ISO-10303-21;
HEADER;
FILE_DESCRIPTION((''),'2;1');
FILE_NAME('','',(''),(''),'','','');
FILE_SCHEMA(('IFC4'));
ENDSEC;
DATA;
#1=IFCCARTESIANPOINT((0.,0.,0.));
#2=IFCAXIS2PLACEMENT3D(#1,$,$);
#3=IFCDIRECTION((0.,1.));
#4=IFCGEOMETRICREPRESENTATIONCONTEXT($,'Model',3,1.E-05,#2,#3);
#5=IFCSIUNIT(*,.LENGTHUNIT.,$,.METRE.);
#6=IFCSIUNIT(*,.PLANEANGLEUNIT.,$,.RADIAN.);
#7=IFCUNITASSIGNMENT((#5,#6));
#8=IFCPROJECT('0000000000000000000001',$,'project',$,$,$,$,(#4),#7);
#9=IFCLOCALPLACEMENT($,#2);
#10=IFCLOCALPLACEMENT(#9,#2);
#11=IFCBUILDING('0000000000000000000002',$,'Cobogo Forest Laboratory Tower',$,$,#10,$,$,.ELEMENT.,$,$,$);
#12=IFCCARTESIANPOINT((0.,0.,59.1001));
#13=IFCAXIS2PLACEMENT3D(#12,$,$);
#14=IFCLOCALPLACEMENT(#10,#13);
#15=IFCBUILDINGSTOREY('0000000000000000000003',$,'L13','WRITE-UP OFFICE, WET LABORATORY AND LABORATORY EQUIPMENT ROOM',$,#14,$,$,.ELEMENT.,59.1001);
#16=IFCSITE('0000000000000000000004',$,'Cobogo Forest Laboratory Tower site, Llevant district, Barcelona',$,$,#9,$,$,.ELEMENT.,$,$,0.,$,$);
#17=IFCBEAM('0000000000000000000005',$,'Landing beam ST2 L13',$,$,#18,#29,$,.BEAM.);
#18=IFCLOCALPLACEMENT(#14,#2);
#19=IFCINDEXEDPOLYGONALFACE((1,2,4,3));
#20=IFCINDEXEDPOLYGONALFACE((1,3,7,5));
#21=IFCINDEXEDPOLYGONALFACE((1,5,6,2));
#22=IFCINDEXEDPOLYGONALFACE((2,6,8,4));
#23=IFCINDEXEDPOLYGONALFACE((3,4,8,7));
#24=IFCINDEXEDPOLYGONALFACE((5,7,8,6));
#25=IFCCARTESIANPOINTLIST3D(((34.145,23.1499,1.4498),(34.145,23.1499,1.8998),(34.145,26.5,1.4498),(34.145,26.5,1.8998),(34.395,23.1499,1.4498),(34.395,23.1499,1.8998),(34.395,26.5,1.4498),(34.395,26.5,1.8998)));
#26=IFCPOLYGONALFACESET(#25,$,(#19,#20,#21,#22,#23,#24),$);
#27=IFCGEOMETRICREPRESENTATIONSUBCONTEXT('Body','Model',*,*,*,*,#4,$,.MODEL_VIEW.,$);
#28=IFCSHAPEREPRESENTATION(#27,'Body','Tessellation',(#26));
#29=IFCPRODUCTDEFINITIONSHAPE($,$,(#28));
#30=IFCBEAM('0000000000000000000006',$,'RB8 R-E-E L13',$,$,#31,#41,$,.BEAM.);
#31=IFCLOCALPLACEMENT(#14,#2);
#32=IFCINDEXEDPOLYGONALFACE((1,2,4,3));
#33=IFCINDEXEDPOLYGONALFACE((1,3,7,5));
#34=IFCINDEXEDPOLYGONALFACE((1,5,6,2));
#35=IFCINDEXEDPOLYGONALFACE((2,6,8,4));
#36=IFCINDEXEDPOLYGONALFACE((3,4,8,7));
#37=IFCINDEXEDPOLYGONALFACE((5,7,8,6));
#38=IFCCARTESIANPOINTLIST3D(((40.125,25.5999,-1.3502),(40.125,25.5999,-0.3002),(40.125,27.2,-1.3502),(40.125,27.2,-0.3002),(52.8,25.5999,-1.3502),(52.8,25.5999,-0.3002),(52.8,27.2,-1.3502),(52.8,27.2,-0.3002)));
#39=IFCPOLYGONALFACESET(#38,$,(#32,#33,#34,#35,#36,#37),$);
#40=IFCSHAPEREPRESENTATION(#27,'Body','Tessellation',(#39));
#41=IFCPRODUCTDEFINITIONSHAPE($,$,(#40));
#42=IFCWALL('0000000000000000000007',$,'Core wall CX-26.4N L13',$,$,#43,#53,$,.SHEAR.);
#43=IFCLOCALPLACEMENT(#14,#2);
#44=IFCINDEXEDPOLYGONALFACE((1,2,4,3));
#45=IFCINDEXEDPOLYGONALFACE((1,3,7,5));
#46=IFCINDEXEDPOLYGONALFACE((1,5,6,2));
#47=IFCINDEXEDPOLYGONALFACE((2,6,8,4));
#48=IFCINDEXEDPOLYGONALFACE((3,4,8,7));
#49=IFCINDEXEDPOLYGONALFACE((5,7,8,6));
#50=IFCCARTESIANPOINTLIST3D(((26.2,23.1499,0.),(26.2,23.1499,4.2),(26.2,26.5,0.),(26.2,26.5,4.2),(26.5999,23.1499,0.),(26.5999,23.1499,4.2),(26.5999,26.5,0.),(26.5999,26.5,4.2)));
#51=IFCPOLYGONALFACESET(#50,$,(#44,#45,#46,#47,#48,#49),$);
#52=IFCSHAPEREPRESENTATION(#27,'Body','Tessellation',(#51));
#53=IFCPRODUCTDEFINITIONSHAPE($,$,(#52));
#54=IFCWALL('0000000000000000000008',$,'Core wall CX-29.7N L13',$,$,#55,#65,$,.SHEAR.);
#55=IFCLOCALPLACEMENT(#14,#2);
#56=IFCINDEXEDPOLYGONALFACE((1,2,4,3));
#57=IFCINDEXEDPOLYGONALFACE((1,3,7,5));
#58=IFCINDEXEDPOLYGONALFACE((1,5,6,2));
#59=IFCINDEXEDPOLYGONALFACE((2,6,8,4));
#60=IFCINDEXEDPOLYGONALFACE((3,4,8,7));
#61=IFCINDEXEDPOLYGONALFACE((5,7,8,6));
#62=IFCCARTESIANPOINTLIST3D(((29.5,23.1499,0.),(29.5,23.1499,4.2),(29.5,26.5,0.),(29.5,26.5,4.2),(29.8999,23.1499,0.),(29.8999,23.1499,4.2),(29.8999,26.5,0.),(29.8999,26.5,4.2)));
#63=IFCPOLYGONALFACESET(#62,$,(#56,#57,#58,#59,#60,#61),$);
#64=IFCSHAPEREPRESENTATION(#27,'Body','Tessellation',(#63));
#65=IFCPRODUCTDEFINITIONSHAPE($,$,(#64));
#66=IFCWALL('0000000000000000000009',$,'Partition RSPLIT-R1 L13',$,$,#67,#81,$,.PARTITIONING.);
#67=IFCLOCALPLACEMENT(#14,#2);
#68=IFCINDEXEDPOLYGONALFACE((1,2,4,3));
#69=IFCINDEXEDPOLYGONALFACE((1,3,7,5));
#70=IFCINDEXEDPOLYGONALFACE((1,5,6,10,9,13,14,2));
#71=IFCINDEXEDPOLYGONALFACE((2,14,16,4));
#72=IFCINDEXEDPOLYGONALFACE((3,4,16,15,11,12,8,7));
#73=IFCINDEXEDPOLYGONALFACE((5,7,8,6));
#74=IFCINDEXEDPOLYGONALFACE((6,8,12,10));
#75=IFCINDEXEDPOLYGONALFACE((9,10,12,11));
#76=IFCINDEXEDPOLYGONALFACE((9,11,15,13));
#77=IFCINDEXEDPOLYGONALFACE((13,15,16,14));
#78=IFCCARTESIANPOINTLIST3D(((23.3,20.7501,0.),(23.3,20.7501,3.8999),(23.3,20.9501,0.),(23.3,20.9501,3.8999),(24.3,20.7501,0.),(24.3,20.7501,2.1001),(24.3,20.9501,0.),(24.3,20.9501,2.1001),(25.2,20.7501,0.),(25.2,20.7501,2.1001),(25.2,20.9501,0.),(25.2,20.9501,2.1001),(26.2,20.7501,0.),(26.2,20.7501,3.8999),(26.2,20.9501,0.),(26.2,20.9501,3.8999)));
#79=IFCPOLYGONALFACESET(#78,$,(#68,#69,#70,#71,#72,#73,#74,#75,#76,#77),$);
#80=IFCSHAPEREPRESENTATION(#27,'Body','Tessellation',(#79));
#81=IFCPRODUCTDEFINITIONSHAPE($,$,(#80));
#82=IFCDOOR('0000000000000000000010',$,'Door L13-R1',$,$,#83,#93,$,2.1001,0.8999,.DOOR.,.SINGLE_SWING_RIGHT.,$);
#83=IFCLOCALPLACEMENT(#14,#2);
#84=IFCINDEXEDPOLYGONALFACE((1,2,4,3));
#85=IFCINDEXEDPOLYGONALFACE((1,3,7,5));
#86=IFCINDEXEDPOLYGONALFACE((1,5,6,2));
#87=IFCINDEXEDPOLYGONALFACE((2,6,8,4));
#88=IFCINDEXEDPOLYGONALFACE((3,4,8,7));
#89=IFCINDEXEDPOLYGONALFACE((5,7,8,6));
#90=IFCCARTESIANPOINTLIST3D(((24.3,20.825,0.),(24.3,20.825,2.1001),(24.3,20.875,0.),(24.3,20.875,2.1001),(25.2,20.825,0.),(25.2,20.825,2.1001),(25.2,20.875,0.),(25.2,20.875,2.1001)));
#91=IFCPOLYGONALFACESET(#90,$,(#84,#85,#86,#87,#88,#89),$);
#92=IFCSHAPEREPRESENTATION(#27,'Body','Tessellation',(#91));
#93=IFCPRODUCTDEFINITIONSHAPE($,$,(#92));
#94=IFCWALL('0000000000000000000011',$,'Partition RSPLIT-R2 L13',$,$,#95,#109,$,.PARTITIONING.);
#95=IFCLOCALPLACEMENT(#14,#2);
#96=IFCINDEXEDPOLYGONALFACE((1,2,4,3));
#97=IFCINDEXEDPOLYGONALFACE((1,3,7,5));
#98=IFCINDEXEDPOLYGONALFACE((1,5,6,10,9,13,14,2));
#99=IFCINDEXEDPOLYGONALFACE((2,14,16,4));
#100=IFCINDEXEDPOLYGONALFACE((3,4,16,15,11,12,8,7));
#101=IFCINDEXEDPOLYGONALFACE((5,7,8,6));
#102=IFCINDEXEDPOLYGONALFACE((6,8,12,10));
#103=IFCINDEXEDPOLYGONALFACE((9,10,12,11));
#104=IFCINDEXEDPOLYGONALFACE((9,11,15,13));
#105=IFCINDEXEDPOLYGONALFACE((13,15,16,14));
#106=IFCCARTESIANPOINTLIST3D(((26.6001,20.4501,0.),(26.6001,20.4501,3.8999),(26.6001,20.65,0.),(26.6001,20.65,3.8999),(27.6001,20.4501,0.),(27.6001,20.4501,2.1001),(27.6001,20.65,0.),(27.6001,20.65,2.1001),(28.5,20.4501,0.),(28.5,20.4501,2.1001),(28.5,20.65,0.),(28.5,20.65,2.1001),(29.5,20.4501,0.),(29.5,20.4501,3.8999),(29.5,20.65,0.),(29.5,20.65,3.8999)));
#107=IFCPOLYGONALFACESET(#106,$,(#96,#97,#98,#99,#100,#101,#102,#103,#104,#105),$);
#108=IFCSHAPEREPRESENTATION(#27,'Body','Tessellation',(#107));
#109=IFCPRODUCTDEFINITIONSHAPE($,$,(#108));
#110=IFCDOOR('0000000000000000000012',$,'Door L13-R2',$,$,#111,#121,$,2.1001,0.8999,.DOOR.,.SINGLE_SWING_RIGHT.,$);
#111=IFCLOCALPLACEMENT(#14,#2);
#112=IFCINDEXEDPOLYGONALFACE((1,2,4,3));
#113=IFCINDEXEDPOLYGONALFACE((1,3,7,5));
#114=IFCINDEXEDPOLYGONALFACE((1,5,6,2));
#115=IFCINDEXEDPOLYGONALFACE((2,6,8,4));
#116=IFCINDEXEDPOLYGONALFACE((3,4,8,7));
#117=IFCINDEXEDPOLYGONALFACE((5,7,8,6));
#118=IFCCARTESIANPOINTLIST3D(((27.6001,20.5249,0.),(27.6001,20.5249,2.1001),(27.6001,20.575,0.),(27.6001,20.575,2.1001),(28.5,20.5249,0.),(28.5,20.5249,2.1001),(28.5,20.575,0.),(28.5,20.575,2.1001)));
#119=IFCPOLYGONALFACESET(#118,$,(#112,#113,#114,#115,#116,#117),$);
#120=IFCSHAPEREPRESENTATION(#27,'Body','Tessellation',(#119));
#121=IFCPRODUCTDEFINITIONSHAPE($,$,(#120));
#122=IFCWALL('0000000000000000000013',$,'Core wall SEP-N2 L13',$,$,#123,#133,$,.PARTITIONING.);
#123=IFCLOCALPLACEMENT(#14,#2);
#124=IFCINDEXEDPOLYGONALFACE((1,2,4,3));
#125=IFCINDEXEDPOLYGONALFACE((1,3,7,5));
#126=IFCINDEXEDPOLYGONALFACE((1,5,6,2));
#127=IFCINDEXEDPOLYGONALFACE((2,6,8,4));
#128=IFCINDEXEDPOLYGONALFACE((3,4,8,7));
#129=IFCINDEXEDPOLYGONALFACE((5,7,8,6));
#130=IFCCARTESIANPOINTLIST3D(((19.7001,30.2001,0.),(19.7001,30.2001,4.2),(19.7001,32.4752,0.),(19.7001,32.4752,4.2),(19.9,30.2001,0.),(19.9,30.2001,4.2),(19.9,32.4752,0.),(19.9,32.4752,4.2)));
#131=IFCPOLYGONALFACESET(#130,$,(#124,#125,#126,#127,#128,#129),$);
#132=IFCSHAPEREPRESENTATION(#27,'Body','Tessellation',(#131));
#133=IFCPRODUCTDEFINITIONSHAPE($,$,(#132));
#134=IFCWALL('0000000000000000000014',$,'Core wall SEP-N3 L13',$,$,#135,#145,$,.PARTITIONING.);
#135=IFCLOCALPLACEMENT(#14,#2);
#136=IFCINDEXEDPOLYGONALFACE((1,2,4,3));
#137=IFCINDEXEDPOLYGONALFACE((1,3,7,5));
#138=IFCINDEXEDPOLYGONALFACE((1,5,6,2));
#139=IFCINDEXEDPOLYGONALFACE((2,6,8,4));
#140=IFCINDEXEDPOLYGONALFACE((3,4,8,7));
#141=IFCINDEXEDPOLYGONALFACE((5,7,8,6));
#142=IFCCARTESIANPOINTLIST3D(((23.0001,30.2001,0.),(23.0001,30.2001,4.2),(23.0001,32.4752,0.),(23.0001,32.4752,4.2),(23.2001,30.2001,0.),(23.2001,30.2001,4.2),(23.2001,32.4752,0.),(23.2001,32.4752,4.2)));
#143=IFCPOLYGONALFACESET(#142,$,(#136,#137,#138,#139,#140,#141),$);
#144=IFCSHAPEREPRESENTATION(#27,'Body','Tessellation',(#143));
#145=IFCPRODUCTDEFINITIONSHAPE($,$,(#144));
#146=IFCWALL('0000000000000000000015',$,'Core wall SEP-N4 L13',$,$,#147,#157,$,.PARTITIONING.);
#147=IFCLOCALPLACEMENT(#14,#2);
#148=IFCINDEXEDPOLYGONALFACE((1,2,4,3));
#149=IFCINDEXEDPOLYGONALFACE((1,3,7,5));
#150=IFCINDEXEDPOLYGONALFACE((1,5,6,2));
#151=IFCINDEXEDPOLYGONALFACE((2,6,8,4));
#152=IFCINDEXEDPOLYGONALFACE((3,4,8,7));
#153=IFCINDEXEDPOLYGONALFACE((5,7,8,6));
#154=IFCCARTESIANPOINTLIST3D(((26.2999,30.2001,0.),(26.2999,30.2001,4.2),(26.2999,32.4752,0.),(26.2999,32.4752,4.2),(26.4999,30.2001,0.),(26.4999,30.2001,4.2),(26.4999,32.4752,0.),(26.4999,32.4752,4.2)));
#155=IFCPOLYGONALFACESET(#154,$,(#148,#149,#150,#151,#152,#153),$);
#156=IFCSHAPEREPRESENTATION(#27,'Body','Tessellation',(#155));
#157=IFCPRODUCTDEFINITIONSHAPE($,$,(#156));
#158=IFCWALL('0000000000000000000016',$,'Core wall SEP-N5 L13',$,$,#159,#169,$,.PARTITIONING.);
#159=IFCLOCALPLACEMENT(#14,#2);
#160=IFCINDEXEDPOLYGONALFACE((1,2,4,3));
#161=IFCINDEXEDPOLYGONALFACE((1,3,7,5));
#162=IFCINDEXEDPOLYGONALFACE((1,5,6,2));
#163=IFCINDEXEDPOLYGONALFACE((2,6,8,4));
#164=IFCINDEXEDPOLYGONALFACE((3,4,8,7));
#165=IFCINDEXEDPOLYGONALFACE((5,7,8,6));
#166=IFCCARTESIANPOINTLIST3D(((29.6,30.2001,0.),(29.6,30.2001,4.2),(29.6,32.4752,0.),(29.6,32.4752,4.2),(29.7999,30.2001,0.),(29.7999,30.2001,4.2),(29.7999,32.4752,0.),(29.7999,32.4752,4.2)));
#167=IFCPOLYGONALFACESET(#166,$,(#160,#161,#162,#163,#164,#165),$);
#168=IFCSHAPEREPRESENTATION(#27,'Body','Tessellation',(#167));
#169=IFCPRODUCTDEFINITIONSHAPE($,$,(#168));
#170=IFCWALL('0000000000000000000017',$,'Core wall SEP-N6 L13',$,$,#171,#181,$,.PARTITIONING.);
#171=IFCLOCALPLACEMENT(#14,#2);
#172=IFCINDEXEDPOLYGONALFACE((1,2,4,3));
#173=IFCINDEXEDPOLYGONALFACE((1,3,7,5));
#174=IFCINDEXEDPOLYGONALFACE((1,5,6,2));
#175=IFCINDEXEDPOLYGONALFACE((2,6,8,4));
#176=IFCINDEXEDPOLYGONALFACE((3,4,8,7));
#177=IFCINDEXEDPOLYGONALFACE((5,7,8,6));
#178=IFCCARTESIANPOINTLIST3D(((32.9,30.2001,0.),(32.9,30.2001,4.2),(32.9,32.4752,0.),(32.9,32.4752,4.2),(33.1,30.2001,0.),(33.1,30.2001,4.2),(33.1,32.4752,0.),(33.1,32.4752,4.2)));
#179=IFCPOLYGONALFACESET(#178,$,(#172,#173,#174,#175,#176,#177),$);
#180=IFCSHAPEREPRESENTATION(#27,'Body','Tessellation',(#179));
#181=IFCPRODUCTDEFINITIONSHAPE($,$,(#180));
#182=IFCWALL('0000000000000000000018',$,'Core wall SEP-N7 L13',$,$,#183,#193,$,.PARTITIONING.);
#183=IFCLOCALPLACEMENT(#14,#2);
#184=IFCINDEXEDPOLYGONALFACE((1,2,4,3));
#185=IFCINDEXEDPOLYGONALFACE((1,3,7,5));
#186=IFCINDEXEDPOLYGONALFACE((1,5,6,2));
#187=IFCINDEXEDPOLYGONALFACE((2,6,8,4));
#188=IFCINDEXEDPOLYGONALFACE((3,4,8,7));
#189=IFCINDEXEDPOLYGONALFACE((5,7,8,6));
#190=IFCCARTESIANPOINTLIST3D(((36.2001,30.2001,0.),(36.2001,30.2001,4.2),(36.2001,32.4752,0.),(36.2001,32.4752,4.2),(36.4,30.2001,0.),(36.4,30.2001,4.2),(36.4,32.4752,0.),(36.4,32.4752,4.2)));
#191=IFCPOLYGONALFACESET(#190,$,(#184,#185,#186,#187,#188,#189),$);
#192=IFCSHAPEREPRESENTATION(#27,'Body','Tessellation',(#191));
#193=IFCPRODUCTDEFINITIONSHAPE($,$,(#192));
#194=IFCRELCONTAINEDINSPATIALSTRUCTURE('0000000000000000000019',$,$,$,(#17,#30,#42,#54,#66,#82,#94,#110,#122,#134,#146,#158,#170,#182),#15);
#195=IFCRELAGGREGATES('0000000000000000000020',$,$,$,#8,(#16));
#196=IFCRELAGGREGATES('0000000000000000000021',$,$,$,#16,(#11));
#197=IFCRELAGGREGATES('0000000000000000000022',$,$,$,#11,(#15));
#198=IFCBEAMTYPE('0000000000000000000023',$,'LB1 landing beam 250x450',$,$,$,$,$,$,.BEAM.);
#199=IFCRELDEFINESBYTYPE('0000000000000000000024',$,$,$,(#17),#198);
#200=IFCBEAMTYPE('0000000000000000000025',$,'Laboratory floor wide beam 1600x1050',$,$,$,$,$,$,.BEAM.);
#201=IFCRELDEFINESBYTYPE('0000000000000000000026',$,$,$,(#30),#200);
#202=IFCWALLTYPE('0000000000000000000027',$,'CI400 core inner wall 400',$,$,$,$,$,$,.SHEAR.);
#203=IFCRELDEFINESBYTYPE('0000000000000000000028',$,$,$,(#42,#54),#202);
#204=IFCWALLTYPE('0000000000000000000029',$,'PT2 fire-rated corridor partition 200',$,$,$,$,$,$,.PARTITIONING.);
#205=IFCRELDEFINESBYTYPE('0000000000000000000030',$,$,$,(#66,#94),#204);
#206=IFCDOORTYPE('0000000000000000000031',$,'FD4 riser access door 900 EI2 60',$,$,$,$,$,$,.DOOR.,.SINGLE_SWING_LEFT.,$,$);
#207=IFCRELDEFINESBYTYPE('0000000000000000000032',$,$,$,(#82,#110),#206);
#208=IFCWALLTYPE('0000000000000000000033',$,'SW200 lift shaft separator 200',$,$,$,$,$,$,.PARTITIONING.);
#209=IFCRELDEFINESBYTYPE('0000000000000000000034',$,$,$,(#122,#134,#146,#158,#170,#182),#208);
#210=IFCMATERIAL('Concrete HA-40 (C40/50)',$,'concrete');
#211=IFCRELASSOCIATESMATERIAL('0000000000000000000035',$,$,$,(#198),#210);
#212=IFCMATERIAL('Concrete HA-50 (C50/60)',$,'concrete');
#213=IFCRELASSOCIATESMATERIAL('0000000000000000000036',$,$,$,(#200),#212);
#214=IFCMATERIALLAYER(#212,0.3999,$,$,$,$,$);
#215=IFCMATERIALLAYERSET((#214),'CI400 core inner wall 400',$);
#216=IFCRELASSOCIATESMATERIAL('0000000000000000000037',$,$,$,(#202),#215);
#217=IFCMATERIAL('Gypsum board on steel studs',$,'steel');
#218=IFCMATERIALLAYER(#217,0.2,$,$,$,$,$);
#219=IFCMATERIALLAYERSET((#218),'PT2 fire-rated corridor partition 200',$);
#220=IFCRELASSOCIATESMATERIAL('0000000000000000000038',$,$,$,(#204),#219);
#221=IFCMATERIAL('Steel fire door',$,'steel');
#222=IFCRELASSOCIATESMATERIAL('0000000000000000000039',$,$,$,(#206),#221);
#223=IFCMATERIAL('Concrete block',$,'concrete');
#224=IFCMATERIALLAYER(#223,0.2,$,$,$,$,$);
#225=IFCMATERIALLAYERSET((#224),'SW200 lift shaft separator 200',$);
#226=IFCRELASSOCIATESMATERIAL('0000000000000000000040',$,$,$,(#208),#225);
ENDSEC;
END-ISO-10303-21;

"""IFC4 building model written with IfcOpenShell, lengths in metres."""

from ifc_helpers import new_model, si_unit, direction, frame, frame_2d, origin, origin_2d, place, context, subcontext, project, spatial, rectangle, extrude, material, layer, layer_set, material_profile, profile_set, type_object, element, fill, save


model = new_model("IFC4")

# Units and contexts
model_context = context("Model", 3, precision=1e-05, world=origin(), true_north=direction((0.0, 1.0)))
body_context = subcontext(model_context, "Body", "Model", "MODEL_VIEW")
ifc_project = project(units=[si_unit("LENGTHUNIT", "METRE"), si_unit("PLANEANGLEUNIT", "RADIAN")], contexts=[model_context])

# Site, building, storey
site_placement = place(None, origin())
site = spatial("IfcSite", under=ifc_project, at=site_placement, Name="Cobogo Forest Laboratory Tower site, Llevant district, Barcelona", CompositionType="ELEMENT", RefElevation=0.0)
building_placement = place(site_placement, origin())
building = spatial("IfcBuilding", under=site, at=building_placement, Name="Cobogo Forest Laboratory Tower", CompositionType="ELEMENT")
storey_placement = place(building_placement, frame((0.0, 0.0, 59.1001)))
storey = spatial("IfcBuildingStorey", under=building, at=storey_placement, Name="L13", Description="WRITE-UP OFFICE, WET LABORATORY AND LABORATORY EQUIPMENT ROOM", CompositionType="ELEMENT", Elevation=59.1001)

# Beams
ifc_material_1 = material(Name="Concrete HA-40 (C40/50)", Category="concrete")
ifc_material_profile_1 = material_profile(ifc_material_1, rectangle(XDim=0.25, YDim=0.45, at=origin_2d()), Name="RC 250x450")
ifc_profile_set_1 = profile_set([ifc_material_profile_1], Name="Concrete HA-40 (C40/50)")
beam_type_1 = type_object("IfcBeamType", Name="LB1 landing beam 250x450", PredefinedType="BEAM", material=ifc_profile_set_1)
beam_1_placement = place(storey_placement, frame((34.27, 23.1499, 1.6748), z_axis=(0.0, 1.0, 0.0), x_axis=(-1.0, 0.0, 0.0)))
element("IfcBeam", 1, at=beam_1_placement, inside=storey, type_object=beam_type_1, Name="Landing beam ST2 L13", PredefinedType="BEAM", context=body_context, shape_type="SweptSolid", body=[
    extrude(rectangle(XDim=0.25, YDim=0.45, at=origin_2d()), origin(), (0.0, 0.0, 1.0), 3.3501),
])
ifc_material_2 = material(Name="Concrete HA-50 (C50/60)", Category="concrete")
ifc_material_profile_2 = material_profile(ifc_material_2, rectangle(XDim=1.6001, YDim=1.05, at=origin_2d()), Name="RC 1600x1050")
ifc_profile_set_2 = profile_set([ifc_material_profile_2], Name="Concrete HA-50 (C50/60)")
beam_type_2 = type_object("IfcBeamType", Name="Laboratory floor wide beam 1600x1050", PredefinedType="BEAM", material=ifc_profile_set_2)
beam_2_placement = place(storey_placement, frame((40.125, 26.3999, -0.8252), z_axis=(1.0, 0.0, 0.0), x_axis=(0.0, 1.0, 0.0)))
element("IfcBeam", 2, at=beam_2_placement, inside=storey, type_object=beam_type_2, Name="RB8 R-E-E L13", PredefinedType="BEAM", context=body_context, shape_type="SweptSolid", body=[
    extrude(rectangle(XDim=1.6001, YDim=1.05, at=origin_2d()), origin(), (0.0, 0.0, 1.0), 12.675),
])

# Walls
ifc_layer_1 = layer(ifc_material_2, 0.3999)
ifc_layer_set_1 = layer_set([ifc_layer_1], Name="CI400 core inner wall 400")
wall_type_1 = type_object("IfcWallType", Name="CI400 core inner wall 400", PredefinedType="SHEAR", material=ifc_layer_set_1)
for number, where, z_axis, x_axis, name in (
    (3, (26.3999, 23.1499, 0.0), (0.0, 0.0, 1.0), (0.0, 1.0, 0.0), "Core wall CX-26.4N L13"),
    (4, (29.7, 23.1499, 0.0), (0.0, 0.0, 1.0), (0.0, 1.0, 0.0), "Core wall CX-29.7N L13"),
):
    element("IfcWall", number, at=place(storey_placement, frame(where, z_axis=z_axis, x_axis=x_axis)), inside=storey, type_object=wall_type_1, Name=name, PredefinedType="SHEAR", context=body_context, shape_type="SweptSolid", body=[
        extrude(rectangle(XDim=3.3501, YDim=0.3999, at=frame_2d((1.675, 0.0))), origin(), (0.0, 0.0, 1.0), 4.2),
    ])

# Walls, openings, doors
ifc_material_3 = material(Name="Gypsum board on steel studs", Category="steel")
ifc_layer_2 = layer(ifc_material_3, 0.2)
ifc_layer_set_2 = layer_set([ifc_layer_2], Name="PT2 fire-rated corridor partition 200")
wall_type_2 = type_object("IfcWallType", Name="PT2 fire-rated corridor partition 200", PredefinedType="PARTITIONING", material=ifc_layer_set_2)
wall_1_placement = place(storey_placement, frame((23.3, 20.8501, 0.0), z_axis=(0.0, 0.0, 1.0), x_axis=(1.0, 0.0, 0.0)))
wall_1 = element("IfcWall", 5, at=wall_1_placement, inside=storey, type_object=wall_type_2, Name="Partition RSPLIT-R1 L13", PredefinedType="PARTITIONING", context=body_context, shape_type="SweptSolid", body=[
    extrude(rectangle(XDim=2.8999, YDim=0.2, at=frame_2d((1.45, 0.0))), origin(), (0.0, 0.0, 1.0), 3.8999),
])
opening_1_placement = place(wall_1_placement, frame((1.0, 0.0, 0.0)))
opening_1 = element("IfcOpeningElement", 6, at=opening_1_placement, cuts=wall_1, PredefinedType="OPENING", context=body_context, shape_type="SweptSolid", body=[
    extrude(rectangle(XDim=0.8999, YDim=2.1001, at=frame_2d((0.45, 1.05))), frame((0.0, 0.1099, 0.0), z_axis=(0.0, -1.0, 0.0), x_axis=(1.0, 0.0, 0.0)), (0.0, 0.0, 1.0), 0.22),
])
ifc_material_4 = material(Name="Steel fire door", Category="steel")
door_type = type_object("IfcDoorType", Name="FD4 riser access door 900 EI2 60", OperationType="SINGLE_SWING_LEFT", PredefinedType="DOOR", material=ifc_material_4)
door_1_placement = place(opening_1_placement, origin())
door_1 = element("IfcDoor", 7, at=door_1_placement, inside=storey, type_object=door_type, Name="Door L13-R1", OperationType="SINGLE_SWING_RIGHT", OverallHeight=2.1001, OverallWidth=0.8999, PredefinedType="DOOR", context=body_context, shape_type="SweptSolid", body=[
    extrude(rectangle(XDim=0.8999, YDim=2.1001, at=frame_2d((0.45, 1.05))), frame((0.0, 0.0249, 0.0), z_axis=(0.0, -1.0, 0.0), x_axis=(1.0, 0.0, 0.0)), (0.0, 0.0, 1.0), 0.05),
])
fill(opening_1, door_1)
wall_2_placement = place(storey_placement, frame((26.6001, 20.55, 0.0), z_axis=(0.0, 0.0, 1.0), x_axis=(1.0, 0.0, 0.0)))
wall_2 = element("IfcWall", 8, at=wall_2_placement, inside=storey, type_object=wall_type_2, Name="Partition RSPLIT-R2 L13", PredefinedType="PARTITIONING", context=body_context, shape_type="SweptSolid", body=[
    extrude(rectangle(XDim=2.8999, YDim=0.2, at=frame_2d((1.45, 0.0))), origin(), (0.0, 0.0, 1.0), 3.8999),
])
opening_2_placement = place(wall_2_placement, frame((1.0, 0.0, 0.0)))
opening_2 = element("IfcOpeningElement", 9, at=opening_2_placement, cuts=wall_2, PredefinedType="OPENING", context=body_context, shape_type="SweptSolid", body=[
    extrude(rectangle(XDim=0.8999, YDim=2.1001, at=frame_2d((0.45, 1.05))), frame((0.0, 0.1099, 0.0), z_axis=(0.0, -1.0, 0.0), x_axis=(1.0, 0.0, 0.0)), (0.0, 0.0, 1.0), 0.22),
])
door_2_placement = place(opening_2_placement, origin())
door_2 = element("IfcDoor", 10, at=door_2_placement, inside=storey, type_object=door_type, Name="Door L13-R2", OperationType="SINGLE_SWING_RIGHT", OverallHeight=2.1001, OverallWidth=0.8999, PredefinedType="DOOR", context=body_context, shape_type="SweptSolid", body=[
    extrude(rectangle(XDim=0.8999, YDim=2.1001, at=frame_2d((0.45, 1.05))), frame((0.0, 0.0249, 0.0), z_axis=(0.0, -1.0, 0.0), x_axis=(1.0, 0.0, 0.0)), (0.0, 0.0, 1.0), 0.05),
])
fill(opening_2, door_2)

# Walls
ifc_material_5 = material(Name="Concrete block", Category="concrete")
ifc_layer_3 = layer(ifc_material_5, 0.2)
ifc_layer_set_3 = layer_set([ifc_layer_3], Name="SW200 lift shaft separator 200")
wall_type_3 = type_object("IfcWallType", Name="SW200 lift shaft separator 200", PredefinedType="PARTITIONING", material=ifc_layer_set_3)
for number, where, z_axis, x_axis, name in (
    (11, (19.8, 30.2, 0.0), (0.0, 0.0, 1.0), (0.0, 1.0, 0.0), "Core wall SEP-N2 L13"),
    (12, (23.1001, 30.2, 0.0), (0.0, 0.0, 1.0), (0.0, 1.0, 0.0), "Core wall SEP-N3 L13"),
    (13, (26.3999, 30.2, 0.0), (0.0, 0.0, 1.0), (0.0, 1.0, 0.0), "Core wall SEP-N4 L13"),
    (14, (29.7, 30.2, 0.0), (0.0, 0.0, 1.0), (0.0, 1.0, 0.0), "Core wall SEP-N5 L13"),
    (15, (33.0, 30.2, 0.0), (0.0, 0.0, 1.0), (0.0, 1.0, 0.0), "Core wall SEP-N6 L13"),
    (16, (36.3, 30.2, 0.0), (0.0, 0.0, 1.0), (0.0, 1.0, 0.0), "Core wall SEP-N7 L13"),
):
    element("IfcWall", number, at=place(storey_placement, frame(where, z_axis=z_axis, x_axis=x_axis)), inside=storey, type_object=wall_type_3, Name=name, PredefinedType="PARTITIONING", context=body_context, shape_type="SweptSolid", body=[
        extrude(rectangle(XDim=2.2751, YDim=0.2, at=frame_2d((1.1377, 0.0))), origin(), (0.0, 0.0, 1.0), 4.2),
    ])

save(model, "model.ifc")
